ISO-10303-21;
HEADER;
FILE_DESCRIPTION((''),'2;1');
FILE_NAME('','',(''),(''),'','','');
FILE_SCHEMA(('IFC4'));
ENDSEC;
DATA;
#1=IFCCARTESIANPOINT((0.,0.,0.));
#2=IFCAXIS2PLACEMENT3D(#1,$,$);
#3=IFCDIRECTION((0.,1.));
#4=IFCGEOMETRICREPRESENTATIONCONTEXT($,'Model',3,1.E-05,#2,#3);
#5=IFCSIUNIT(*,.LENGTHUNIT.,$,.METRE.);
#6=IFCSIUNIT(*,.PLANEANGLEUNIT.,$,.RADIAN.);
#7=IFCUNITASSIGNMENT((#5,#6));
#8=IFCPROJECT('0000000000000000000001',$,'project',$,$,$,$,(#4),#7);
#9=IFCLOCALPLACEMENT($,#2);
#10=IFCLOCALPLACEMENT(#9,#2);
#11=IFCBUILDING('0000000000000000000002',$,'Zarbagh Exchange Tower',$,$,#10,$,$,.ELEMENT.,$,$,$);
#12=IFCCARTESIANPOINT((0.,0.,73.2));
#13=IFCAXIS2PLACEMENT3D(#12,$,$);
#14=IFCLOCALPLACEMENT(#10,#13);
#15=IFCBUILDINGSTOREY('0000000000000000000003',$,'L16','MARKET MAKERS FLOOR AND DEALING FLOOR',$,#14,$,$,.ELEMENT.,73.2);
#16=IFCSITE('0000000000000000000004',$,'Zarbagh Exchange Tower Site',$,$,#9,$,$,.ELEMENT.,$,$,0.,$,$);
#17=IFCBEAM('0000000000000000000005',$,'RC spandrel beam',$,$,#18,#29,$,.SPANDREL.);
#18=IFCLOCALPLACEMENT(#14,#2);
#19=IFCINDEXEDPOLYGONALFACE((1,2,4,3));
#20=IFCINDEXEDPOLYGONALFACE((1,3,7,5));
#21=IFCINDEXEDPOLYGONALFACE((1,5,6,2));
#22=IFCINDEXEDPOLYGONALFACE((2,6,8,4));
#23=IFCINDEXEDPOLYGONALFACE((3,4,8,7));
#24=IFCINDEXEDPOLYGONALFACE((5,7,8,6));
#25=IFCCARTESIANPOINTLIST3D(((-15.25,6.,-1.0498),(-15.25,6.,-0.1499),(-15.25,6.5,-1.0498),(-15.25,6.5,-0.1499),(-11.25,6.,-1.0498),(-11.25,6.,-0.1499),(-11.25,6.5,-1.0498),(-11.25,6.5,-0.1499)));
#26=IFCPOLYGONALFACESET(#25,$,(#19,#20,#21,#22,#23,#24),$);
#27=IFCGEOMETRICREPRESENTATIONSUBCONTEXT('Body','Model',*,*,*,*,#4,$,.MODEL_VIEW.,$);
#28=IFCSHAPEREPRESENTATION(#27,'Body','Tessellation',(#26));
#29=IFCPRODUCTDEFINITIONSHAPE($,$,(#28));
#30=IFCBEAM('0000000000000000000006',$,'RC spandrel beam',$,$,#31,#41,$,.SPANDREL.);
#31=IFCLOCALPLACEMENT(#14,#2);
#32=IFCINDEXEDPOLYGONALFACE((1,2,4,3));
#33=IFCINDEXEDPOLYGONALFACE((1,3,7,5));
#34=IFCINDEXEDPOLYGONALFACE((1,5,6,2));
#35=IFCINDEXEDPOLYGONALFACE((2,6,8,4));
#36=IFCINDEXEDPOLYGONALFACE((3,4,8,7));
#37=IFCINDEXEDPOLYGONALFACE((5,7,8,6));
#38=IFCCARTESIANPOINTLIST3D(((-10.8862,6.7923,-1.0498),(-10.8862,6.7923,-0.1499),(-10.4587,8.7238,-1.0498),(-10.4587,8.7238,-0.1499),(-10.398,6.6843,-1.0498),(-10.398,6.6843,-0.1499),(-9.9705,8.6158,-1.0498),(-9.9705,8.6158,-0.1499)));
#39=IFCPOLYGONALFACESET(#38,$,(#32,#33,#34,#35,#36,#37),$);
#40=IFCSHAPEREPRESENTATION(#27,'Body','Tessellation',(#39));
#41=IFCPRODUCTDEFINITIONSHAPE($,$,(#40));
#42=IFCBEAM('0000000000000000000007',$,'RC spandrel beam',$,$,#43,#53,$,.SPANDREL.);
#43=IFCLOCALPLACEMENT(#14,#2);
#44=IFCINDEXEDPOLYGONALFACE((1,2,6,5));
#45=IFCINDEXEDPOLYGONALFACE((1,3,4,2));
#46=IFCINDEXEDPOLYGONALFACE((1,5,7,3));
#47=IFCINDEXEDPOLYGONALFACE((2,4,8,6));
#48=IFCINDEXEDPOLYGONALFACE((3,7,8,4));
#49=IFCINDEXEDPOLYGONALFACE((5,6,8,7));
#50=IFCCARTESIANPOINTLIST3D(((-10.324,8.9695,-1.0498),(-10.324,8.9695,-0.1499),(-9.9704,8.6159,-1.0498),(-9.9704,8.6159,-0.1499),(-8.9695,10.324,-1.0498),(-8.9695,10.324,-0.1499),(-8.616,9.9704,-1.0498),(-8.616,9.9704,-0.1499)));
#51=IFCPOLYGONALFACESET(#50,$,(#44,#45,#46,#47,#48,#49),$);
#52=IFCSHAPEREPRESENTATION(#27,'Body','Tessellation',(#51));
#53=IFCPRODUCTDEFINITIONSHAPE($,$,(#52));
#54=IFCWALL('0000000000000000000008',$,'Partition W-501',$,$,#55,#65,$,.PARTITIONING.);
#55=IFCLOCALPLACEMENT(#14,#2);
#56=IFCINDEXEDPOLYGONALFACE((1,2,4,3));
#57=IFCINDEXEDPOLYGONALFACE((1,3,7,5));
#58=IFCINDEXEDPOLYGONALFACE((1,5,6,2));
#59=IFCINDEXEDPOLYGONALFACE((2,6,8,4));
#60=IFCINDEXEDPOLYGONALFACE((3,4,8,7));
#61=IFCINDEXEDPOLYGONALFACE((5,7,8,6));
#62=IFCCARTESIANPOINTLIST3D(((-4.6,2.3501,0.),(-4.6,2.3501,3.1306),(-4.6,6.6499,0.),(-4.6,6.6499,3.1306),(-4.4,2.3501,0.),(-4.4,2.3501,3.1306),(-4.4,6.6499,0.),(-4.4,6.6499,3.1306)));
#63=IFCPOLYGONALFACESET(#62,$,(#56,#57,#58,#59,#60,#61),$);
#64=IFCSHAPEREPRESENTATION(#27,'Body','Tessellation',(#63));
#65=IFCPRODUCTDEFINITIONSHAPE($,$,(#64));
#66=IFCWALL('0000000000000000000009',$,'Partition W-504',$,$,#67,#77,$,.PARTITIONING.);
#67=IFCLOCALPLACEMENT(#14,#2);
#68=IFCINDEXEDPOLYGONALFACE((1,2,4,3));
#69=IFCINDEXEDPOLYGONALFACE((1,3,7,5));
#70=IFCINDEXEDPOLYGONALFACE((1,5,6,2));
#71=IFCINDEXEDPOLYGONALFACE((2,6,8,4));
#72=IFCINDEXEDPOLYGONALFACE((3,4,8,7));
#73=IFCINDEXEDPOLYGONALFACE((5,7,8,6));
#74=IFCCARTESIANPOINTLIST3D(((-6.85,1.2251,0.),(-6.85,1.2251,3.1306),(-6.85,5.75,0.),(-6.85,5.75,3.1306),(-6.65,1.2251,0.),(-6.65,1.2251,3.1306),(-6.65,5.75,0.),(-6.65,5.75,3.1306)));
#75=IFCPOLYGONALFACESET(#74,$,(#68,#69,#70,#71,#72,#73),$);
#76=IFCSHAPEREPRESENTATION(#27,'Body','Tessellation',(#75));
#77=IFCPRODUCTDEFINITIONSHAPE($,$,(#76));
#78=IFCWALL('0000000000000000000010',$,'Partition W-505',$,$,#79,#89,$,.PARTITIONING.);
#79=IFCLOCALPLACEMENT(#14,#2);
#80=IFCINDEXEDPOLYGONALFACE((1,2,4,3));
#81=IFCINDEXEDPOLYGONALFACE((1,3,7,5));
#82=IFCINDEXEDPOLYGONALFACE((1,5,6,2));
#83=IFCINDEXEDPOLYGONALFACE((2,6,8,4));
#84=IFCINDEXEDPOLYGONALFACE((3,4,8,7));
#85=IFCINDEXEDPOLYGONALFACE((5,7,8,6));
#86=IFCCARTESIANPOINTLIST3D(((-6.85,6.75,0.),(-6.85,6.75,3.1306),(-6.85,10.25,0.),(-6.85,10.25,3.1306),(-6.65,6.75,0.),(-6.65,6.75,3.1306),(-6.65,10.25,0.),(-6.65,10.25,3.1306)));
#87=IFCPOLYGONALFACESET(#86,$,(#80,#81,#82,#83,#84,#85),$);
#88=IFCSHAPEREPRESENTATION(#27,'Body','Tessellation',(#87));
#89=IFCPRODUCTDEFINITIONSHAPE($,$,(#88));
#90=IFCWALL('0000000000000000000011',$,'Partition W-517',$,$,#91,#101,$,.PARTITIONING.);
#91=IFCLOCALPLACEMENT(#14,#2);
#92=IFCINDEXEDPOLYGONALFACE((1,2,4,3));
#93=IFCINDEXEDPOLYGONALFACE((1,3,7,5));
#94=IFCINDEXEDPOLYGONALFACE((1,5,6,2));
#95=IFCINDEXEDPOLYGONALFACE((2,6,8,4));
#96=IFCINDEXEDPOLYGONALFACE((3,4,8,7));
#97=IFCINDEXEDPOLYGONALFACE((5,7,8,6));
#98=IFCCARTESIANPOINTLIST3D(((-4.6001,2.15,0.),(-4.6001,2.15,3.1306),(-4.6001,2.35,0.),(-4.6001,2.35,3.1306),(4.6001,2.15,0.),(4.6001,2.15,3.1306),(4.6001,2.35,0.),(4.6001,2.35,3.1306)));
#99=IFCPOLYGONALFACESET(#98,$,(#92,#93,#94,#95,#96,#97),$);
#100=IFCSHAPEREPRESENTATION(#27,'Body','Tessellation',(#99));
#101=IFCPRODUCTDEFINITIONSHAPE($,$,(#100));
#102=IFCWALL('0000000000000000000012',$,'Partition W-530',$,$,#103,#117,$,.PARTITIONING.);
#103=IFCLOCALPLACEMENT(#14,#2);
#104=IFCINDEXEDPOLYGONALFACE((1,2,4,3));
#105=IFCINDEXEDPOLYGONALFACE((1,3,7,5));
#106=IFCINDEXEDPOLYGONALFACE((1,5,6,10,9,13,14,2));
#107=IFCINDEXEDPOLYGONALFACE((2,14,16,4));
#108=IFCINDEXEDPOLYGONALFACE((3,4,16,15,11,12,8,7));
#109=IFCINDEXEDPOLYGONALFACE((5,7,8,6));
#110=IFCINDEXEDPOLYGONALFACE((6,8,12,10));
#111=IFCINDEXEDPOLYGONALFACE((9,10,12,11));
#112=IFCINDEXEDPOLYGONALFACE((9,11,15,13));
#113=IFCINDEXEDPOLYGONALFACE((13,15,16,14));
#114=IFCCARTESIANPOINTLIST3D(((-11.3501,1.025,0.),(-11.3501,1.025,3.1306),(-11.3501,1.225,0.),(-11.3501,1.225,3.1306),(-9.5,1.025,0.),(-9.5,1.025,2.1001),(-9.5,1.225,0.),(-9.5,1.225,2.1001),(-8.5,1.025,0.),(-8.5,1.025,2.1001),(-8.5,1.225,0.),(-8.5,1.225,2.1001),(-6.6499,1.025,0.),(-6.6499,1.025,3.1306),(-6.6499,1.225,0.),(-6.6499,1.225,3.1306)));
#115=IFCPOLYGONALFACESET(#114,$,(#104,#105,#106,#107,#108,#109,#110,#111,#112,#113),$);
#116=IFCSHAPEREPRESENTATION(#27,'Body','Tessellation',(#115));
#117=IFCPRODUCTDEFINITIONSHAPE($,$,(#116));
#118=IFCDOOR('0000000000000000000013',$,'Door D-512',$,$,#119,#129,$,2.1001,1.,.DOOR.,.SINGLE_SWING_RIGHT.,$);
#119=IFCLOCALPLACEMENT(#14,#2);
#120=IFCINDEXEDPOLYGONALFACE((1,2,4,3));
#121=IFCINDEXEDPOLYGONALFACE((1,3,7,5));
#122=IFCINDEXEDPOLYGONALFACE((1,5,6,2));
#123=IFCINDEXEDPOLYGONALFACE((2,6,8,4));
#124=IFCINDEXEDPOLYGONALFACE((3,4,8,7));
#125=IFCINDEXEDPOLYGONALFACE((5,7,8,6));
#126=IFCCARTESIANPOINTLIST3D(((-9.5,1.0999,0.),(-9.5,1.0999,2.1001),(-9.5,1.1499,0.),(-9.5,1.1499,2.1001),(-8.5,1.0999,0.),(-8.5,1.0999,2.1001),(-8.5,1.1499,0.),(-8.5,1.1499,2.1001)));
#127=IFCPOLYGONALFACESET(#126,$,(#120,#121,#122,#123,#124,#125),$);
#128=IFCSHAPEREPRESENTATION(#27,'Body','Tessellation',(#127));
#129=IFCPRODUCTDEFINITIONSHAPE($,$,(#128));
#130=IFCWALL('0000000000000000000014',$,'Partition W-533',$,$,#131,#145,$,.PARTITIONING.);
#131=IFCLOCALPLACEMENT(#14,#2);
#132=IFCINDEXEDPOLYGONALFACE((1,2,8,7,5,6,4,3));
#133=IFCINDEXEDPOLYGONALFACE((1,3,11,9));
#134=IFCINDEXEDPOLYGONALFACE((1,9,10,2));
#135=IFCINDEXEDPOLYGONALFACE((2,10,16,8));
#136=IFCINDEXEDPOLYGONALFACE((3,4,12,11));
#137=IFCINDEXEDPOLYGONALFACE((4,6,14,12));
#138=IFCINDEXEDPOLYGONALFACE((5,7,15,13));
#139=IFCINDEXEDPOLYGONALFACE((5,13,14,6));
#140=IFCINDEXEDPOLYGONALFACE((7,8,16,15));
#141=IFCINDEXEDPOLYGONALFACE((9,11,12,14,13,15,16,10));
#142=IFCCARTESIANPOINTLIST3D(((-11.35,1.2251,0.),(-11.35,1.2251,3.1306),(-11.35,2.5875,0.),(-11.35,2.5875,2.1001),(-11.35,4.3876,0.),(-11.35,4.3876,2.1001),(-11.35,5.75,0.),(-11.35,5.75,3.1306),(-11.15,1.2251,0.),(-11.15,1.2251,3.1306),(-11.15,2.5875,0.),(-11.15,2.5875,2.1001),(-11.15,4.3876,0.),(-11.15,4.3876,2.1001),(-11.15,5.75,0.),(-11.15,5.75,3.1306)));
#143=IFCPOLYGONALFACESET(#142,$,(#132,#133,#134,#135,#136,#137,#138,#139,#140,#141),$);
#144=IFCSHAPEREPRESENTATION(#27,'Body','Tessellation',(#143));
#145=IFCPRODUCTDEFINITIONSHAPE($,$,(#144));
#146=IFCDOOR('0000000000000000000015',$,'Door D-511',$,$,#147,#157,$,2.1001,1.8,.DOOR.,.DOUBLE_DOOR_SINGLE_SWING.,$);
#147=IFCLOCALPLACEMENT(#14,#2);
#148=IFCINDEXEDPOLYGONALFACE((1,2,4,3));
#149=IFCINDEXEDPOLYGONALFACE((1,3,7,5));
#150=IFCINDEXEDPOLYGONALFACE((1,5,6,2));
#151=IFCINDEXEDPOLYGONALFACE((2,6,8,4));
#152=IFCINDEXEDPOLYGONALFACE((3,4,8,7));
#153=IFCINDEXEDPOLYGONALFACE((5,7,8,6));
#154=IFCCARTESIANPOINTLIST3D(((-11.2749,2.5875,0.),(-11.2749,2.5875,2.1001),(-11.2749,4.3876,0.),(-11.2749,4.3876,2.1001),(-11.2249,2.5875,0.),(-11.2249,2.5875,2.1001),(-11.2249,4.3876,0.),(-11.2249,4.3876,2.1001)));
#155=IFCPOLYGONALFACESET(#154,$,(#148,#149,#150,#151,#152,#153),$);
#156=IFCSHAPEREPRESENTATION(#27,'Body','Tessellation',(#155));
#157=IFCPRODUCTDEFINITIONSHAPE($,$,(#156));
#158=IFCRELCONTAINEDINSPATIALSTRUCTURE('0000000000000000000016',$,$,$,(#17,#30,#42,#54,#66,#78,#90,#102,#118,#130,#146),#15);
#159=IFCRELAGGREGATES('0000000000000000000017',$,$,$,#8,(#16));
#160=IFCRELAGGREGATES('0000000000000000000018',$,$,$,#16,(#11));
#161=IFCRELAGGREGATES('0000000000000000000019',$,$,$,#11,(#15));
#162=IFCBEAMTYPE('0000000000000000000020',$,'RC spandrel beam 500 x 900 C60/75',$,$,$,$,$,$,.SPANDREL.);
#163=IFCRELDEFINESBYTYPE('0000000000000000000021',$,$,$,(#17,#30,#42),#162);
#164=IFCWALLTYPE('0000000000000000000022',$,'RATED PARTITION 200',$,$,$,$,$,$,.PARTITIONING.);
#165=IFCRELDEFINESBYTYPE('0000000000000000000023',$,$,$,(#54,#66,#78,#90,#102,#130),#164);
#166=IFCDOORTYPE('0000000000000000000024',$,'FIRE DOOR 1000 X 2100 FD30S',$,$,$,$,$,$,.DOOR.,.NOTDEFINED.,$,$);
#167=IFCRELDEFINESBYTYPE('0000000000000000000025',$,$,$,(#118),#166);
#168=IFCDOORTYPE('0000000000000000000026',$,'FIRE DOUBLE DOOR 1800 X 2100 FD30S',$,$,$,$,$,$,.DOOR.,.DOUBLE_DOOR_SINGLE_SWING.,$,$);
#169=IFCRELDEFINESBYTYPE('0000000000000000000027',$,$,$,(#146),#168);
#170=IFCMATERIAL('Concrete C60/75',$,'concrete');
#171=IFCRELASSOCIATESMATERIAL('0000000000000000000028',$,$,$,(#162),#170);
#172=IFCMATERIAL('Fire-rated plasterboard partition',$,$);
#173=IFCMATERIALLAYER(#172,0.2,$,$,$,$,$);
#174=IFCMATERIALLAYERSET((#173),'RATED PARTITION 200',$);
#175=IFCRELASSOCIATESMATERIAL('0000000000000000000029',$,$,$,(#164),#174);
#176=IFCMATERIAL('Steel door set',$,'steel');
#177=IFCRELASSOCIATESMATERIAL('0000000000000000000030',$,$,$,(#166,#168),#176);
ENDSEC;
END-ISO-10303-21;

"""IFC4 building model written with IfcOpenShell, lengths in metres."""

from ifc_helpers import new_model, si_unit, direction, frame, frame_2d, origin, origin_2d, place, context, subcontext, project, spatial, rectangle, extrude, material, layer, layer_set, material_profile, profile_set, type_object, element, fill, save


model = new_model("IFC4")

# Units and contexts
model_context = context("Model", 3, precision=1e-05, world=origin(), true_north=direction((0.0, 1.0)))
body_context = subcontext(model_context, "Body", "Model", "MODEL_VIEW")
ifc_project = project(units=[si_unit("LENGTHUNIT", "METRE"), si_unit("PLANEANGLEUNIT", "RADIAN")], contexts=[model_context])

# Site, building, storey
site_placement = place(None, origin())
site = spatial("IfcSite", under=ifc_project, at=site_placement, Name="Zarbagh Exchange Tower Site", CompositionType="ELEMENT", RefElevation=0.0)
building_placement = place(site_placement, origin())
building = spatial("IfcBuilding", under=site, at=building_placement, Name="Zarbagh Exchange Tower", CompositionType="ELEMENT")
storey_placement = place(building_placement, frame((0.0, 0.0, 73.2)))
storey = spatial("IfcBuildingStorey", under=building, at=storey_placement, Name="L16", Description="MARKET MAKERS FLOOR AND DEALING FLOOR", CompositionType="ELEMENT", Elevation=73.2)

# Shared definitions
ifc_material_1 = material(Name="Concrete C60/75", Category="concrete")

# Beams
ifc_material_profile_1 = material_profile(ifc_material_1, rectangle(XDim=0.5, YDim=0.8999, at=origin_2d()), Name="RC spandrel beam 500 x 900 C60/75")
ifc_profile_set_1 = profile_set([ifc_material_profile_1], Name="Concrete C60/75")
beam_type_1 = type_object("IfcBeamType", Name="RC spandrel beam 500 x 900 C60/75", PredefinedType="SPANDREL", material=ifc_profile_set_1)
beam_1_placement = place(storey_placement, frame((-15.25, 6.25, -0.5999), z_axis=(1.0, 0.0, 0.0), x_axis=(0.0, 1.0, 0.0)))
element("IfcBeam", 1, at=beam_1_placement, inside=storey, type_object=beam_type_1, Name="RC spandrel beam", PredefinedType="SPANDREL", context=body_context, shape_type="SweptSolid", body=[
    extrude(rectangle(XDim=0.5, YDim=0.8999, at=origin_2d()), origin(), (0.0, 0.0, 1.0), 4.0),
])
beam_2_placement = place(storey_placement, frame((-10.6421, 6.7383, -0.5999), z_axis=(0.216081, 0.976375, 0.0), x_axis=(-0.976375, 0.216081, 0.0)))
element("IfcBeam", 2, at=beam_2_placement, inside=storey, type_object=beam_type_1, Name="RC spandrel beam", PredefinedType="SPANDREL", context=body_context, shape_type="SweptSolid", body=[
    extrude(rectangle(XDim=0.5, YDim=0.8999, at=origin_2d()), origin(), (0.0, 0.0, 1.0), 1.9783),
])
beam_3_placement = place(storey_placement, frame((-10.1472, 8.7927, -0.5999), z_axis=(0.707107, 0.707107, 0.0), x_axis=(-0.707107, 0.707107, 0.0)))
element("IfcBeam", 3, at=beam_3_placement, inside=storey, type_object=beam_type_1, Name="RC spandrel beam", PredefinedType="SPANDREL", context=body_context, shape_type="SweptSolid", body=[
    extrude(rectangle(XDim=0.5, YDim=0.8999, at=origin_2d()), origin(), (0.0, 0.0, 1.0), 1.9155),
])

# Walls
ifc_material_2 = material(Name="Fire-rated plasterboard partition")
ifc_layer = layer(ifc_material_2, 0.2)
ifc_layer_set = layer_set([ifc_layer], Name="RATED PARTITION 200")
wall_type = type_object("IfcWallType", Name="RATED PARTITION 200", PredefinedType="PARTITIONING", material=ifc_layer_set)
wall_1_placement = place(storey_placement, frame((-4.5, 2.3501, 0.0), z_axis=(0.0, 0.0, 1.0), x_axis=(0.0, 1.0, 0.0)))
element("IfcWall", 4, at=wall_1_placement, inside=storey, type_object=wall_type, Name="Partition W-501", PredefinedType="PARTITIONING", context=body_context, shape_type="SweptSolid", body=[
    extrude(rectangle(XDim=4.2998, YDim=0.2, at=frame_2d((2.1499, 0.0))), origin(), (0.0, 0.0, 1.0), 3.1306),
])
wall_2_placement = place(storey_placement, frame((-6.75, 1.2251, 0.0), z_axis=(0.0, 0.0, 1.0), x_axis=(0.0, 1.0, 0.0)))
element("IfcWall", 5, at=wall_2_placement, inside=storey, type_object=wall_type, Name="Partition W-504", PredefinedType="PARTITIONING", context=body_context, shape_type="SweptSolid", body=[
    extrude(rectangle(XDim=4.5249, YDim=0.2, at=frame_2d((2.2625, 0.0))), origin(), (0.0, 0.0, 1.0), 3.1306),
])
wall_3_placement = place(storey_placement, frame((-6.75, 6.75, 0.0), z_axis=(0.0, 0.0, 1.0), x_axis=(0.0, 1.0, 0.0)))
element("IfcWall", 6, at=wall_3_placement, inside=storey, type_object=wall_type, Name="Partition W-505", PredefinedType="PARTITIONING", context=body_context, shape_type="SweptSolid", body=[
    extrude(rectangle(XDim=3.5, YDim=0.2, at=frame_2d((1.75, 0.0))), origin(), (0.0, 0.0, 1.0), 3.1306),
])
wall_4_placement = place(storey_placement, frame((-4.6001, 2.25, 0.0), z_axis=(0.0, 0.0, 1.0), x_axis=(1.0, 0.0, 0.0)))
element("IfcWall", 7, at=wall_4_placement, inside=storey, type_object=wall_type, Name="Partition W-517", PredefinedType="PARTITIONING", context=body_context, shape_type="SweptSolid", body=[
    extrude(rectangle(XDim=9.2002, YDim=0.2, at=frame_2d((4.6001, 0.0))), origin(), (0.0, 0.0, 1.0), 3.1306),
])

# Walls, openings, doors
wall_5_placement = place(storey_placement, frame((-11.3501, 1.125, 0.0), z_axis=(0.0, 0.0, 1.0), x_axis=(1.0, 0.0, 0.0)))
wall_5 = element("IfcWall", 8, at=wall_5_placement, inside=storey, type_object=wall_type, Name="Partition W-530", PredefinedType="PARTITIONING", context=body_context, shape_type="SweptSolid", body=[
    extrude(rectangle(XDim=4.7002, YDim=0.2, at=frame_2d((2.3501, 0.0))), origin(), (0.0, 0.0, 1.0), 3.1306),
])
opening_1_placement = place(wall_5_placement, frame((1.8501, 0.0, 0.0)))
opening_1 = element("IfcOpeningElement", 9, at=opening_1_placement, cuts=wall_5, PredefinedType="OPENING", context=body_context, shape_type="SweptSolid", body=[
    extrude(rectangle(XDim=1.0, YDim=2.1001, at=frame_2d((0.5, 1.05))), frame((0.0, 0.1099, 0.0), z_axis=(0.0, -1.0, 0.0), x_axis=(1.0, 0.0, 0.0)), (0.0, 0.0, 1.0), 0.22),
])
ifc_material_3 = material(Name="Steel door set", Category="steel")
door_type_1 = type_object("IfcDoorType", Name="FIRE DOOR 1000 X 2100 FD30S", OperationType="NOTDEFINED", PredefinedType="DOOR", material=ifc_material_3)
door_1_placement = place(opening_1_placement, origin())
door_1 = element("IfcDoor", 10, at=door_1_placement, inside=storey, type_object=door_type_1, Name="Door D-512", OperationType="SINGLE_SWING_RIGHT", OverallHeight=2.1001, OverallWidth=1.0, PredefinedType="DOOR", context=body_context, shape_type="SweptSolid", body=[
    extrude(rectangle(XDim=1.0, YDim=2.1001, at=frame_2d((0.5, 1.05))), frame((0.0, 0.0249, 0.0), z_axis=(0.0, -1.0, 0.0), x_axis=(1.0, 0.0, 0.0)), (0.0, 0.0, 1.0), 0.05),
])
fill(opening_1, door_1)
wall_6_placement = place(storey_placement, frame((-11.25, 1.2251, 0.0), z_axis=(0.0, 0.0, 1.0), x_axis=(0.0, 1.0, 0.0)))
wall_6 = element("IfcWall", 11, at=wall_6_placement, inside=storey, type_object=wall_type, Name="Partition W-533", PredefinedType="PARTITIONING", context=body_context, shape_type="SweptSolid", body=[
    extrude(rectangle(XDim=4.5249, YDim=0.2, at=frame_2d((2.2625, 0.0))), origin(), (0.0, 0.0, 1.0), 3.1306),
])
opening_2_placement = place(wall_6_placement, frame((1.3625, 0.0, 0.0)))
opening_2 = element("IfcOpeningElement", 12, at=opening_2_placement, cuts=wall_6, PredefinedType="OPENING", context=body_context, shape_type="SweptSolid", body=[
    extrude(rectangle(XDim=1.8, YDim=2.1001, at=frame_2d((0.8999, 1.05))), frame((0.0, 0.1099, 0.0), z_axis=(0.0, -1.0, 0.0), x_axis=(1.0, 0.0, 0.0)), (0.0, 0.0, 1.0), 0.22),
])
door_type_2 = type_object("IfcDoorType", Name="FIRE DOUBLE DOOR 1800 X 2100 FD30S", OperationType="DOUBLE_DOOR_SINGLE_SWING", PredefinedType="DOOR", material=ifc_material_3)
door_2_placement = place(opening_2_placement, origin())
door_2 = element("IfcDoor", 13, at=door_2_placement, inside=storey, type_object=door_type_2, Name="Door D-511", OperationType="DOUBLE_DOOR_SINGLE_SWING", OverallHeight=2.1001, OverallWidth=1.8, PredefinedType="DOOR", context=body_context, shape_type="SweptSolid", body=[
    extrude(rectangle(XDim=1.8, YDim=2.1001, at=frame_2d((0.8999, 1.05))), frame((0.0, 0.0249, 0.0), z_axis=(0.0, -1.0, 0.0), x_axis=(1.0, 0.0, 0.0)), (0.0, 0.0, 1.0), 0.05),
])
fill(opening_2, door_2)

save(model, "model.ifc")
